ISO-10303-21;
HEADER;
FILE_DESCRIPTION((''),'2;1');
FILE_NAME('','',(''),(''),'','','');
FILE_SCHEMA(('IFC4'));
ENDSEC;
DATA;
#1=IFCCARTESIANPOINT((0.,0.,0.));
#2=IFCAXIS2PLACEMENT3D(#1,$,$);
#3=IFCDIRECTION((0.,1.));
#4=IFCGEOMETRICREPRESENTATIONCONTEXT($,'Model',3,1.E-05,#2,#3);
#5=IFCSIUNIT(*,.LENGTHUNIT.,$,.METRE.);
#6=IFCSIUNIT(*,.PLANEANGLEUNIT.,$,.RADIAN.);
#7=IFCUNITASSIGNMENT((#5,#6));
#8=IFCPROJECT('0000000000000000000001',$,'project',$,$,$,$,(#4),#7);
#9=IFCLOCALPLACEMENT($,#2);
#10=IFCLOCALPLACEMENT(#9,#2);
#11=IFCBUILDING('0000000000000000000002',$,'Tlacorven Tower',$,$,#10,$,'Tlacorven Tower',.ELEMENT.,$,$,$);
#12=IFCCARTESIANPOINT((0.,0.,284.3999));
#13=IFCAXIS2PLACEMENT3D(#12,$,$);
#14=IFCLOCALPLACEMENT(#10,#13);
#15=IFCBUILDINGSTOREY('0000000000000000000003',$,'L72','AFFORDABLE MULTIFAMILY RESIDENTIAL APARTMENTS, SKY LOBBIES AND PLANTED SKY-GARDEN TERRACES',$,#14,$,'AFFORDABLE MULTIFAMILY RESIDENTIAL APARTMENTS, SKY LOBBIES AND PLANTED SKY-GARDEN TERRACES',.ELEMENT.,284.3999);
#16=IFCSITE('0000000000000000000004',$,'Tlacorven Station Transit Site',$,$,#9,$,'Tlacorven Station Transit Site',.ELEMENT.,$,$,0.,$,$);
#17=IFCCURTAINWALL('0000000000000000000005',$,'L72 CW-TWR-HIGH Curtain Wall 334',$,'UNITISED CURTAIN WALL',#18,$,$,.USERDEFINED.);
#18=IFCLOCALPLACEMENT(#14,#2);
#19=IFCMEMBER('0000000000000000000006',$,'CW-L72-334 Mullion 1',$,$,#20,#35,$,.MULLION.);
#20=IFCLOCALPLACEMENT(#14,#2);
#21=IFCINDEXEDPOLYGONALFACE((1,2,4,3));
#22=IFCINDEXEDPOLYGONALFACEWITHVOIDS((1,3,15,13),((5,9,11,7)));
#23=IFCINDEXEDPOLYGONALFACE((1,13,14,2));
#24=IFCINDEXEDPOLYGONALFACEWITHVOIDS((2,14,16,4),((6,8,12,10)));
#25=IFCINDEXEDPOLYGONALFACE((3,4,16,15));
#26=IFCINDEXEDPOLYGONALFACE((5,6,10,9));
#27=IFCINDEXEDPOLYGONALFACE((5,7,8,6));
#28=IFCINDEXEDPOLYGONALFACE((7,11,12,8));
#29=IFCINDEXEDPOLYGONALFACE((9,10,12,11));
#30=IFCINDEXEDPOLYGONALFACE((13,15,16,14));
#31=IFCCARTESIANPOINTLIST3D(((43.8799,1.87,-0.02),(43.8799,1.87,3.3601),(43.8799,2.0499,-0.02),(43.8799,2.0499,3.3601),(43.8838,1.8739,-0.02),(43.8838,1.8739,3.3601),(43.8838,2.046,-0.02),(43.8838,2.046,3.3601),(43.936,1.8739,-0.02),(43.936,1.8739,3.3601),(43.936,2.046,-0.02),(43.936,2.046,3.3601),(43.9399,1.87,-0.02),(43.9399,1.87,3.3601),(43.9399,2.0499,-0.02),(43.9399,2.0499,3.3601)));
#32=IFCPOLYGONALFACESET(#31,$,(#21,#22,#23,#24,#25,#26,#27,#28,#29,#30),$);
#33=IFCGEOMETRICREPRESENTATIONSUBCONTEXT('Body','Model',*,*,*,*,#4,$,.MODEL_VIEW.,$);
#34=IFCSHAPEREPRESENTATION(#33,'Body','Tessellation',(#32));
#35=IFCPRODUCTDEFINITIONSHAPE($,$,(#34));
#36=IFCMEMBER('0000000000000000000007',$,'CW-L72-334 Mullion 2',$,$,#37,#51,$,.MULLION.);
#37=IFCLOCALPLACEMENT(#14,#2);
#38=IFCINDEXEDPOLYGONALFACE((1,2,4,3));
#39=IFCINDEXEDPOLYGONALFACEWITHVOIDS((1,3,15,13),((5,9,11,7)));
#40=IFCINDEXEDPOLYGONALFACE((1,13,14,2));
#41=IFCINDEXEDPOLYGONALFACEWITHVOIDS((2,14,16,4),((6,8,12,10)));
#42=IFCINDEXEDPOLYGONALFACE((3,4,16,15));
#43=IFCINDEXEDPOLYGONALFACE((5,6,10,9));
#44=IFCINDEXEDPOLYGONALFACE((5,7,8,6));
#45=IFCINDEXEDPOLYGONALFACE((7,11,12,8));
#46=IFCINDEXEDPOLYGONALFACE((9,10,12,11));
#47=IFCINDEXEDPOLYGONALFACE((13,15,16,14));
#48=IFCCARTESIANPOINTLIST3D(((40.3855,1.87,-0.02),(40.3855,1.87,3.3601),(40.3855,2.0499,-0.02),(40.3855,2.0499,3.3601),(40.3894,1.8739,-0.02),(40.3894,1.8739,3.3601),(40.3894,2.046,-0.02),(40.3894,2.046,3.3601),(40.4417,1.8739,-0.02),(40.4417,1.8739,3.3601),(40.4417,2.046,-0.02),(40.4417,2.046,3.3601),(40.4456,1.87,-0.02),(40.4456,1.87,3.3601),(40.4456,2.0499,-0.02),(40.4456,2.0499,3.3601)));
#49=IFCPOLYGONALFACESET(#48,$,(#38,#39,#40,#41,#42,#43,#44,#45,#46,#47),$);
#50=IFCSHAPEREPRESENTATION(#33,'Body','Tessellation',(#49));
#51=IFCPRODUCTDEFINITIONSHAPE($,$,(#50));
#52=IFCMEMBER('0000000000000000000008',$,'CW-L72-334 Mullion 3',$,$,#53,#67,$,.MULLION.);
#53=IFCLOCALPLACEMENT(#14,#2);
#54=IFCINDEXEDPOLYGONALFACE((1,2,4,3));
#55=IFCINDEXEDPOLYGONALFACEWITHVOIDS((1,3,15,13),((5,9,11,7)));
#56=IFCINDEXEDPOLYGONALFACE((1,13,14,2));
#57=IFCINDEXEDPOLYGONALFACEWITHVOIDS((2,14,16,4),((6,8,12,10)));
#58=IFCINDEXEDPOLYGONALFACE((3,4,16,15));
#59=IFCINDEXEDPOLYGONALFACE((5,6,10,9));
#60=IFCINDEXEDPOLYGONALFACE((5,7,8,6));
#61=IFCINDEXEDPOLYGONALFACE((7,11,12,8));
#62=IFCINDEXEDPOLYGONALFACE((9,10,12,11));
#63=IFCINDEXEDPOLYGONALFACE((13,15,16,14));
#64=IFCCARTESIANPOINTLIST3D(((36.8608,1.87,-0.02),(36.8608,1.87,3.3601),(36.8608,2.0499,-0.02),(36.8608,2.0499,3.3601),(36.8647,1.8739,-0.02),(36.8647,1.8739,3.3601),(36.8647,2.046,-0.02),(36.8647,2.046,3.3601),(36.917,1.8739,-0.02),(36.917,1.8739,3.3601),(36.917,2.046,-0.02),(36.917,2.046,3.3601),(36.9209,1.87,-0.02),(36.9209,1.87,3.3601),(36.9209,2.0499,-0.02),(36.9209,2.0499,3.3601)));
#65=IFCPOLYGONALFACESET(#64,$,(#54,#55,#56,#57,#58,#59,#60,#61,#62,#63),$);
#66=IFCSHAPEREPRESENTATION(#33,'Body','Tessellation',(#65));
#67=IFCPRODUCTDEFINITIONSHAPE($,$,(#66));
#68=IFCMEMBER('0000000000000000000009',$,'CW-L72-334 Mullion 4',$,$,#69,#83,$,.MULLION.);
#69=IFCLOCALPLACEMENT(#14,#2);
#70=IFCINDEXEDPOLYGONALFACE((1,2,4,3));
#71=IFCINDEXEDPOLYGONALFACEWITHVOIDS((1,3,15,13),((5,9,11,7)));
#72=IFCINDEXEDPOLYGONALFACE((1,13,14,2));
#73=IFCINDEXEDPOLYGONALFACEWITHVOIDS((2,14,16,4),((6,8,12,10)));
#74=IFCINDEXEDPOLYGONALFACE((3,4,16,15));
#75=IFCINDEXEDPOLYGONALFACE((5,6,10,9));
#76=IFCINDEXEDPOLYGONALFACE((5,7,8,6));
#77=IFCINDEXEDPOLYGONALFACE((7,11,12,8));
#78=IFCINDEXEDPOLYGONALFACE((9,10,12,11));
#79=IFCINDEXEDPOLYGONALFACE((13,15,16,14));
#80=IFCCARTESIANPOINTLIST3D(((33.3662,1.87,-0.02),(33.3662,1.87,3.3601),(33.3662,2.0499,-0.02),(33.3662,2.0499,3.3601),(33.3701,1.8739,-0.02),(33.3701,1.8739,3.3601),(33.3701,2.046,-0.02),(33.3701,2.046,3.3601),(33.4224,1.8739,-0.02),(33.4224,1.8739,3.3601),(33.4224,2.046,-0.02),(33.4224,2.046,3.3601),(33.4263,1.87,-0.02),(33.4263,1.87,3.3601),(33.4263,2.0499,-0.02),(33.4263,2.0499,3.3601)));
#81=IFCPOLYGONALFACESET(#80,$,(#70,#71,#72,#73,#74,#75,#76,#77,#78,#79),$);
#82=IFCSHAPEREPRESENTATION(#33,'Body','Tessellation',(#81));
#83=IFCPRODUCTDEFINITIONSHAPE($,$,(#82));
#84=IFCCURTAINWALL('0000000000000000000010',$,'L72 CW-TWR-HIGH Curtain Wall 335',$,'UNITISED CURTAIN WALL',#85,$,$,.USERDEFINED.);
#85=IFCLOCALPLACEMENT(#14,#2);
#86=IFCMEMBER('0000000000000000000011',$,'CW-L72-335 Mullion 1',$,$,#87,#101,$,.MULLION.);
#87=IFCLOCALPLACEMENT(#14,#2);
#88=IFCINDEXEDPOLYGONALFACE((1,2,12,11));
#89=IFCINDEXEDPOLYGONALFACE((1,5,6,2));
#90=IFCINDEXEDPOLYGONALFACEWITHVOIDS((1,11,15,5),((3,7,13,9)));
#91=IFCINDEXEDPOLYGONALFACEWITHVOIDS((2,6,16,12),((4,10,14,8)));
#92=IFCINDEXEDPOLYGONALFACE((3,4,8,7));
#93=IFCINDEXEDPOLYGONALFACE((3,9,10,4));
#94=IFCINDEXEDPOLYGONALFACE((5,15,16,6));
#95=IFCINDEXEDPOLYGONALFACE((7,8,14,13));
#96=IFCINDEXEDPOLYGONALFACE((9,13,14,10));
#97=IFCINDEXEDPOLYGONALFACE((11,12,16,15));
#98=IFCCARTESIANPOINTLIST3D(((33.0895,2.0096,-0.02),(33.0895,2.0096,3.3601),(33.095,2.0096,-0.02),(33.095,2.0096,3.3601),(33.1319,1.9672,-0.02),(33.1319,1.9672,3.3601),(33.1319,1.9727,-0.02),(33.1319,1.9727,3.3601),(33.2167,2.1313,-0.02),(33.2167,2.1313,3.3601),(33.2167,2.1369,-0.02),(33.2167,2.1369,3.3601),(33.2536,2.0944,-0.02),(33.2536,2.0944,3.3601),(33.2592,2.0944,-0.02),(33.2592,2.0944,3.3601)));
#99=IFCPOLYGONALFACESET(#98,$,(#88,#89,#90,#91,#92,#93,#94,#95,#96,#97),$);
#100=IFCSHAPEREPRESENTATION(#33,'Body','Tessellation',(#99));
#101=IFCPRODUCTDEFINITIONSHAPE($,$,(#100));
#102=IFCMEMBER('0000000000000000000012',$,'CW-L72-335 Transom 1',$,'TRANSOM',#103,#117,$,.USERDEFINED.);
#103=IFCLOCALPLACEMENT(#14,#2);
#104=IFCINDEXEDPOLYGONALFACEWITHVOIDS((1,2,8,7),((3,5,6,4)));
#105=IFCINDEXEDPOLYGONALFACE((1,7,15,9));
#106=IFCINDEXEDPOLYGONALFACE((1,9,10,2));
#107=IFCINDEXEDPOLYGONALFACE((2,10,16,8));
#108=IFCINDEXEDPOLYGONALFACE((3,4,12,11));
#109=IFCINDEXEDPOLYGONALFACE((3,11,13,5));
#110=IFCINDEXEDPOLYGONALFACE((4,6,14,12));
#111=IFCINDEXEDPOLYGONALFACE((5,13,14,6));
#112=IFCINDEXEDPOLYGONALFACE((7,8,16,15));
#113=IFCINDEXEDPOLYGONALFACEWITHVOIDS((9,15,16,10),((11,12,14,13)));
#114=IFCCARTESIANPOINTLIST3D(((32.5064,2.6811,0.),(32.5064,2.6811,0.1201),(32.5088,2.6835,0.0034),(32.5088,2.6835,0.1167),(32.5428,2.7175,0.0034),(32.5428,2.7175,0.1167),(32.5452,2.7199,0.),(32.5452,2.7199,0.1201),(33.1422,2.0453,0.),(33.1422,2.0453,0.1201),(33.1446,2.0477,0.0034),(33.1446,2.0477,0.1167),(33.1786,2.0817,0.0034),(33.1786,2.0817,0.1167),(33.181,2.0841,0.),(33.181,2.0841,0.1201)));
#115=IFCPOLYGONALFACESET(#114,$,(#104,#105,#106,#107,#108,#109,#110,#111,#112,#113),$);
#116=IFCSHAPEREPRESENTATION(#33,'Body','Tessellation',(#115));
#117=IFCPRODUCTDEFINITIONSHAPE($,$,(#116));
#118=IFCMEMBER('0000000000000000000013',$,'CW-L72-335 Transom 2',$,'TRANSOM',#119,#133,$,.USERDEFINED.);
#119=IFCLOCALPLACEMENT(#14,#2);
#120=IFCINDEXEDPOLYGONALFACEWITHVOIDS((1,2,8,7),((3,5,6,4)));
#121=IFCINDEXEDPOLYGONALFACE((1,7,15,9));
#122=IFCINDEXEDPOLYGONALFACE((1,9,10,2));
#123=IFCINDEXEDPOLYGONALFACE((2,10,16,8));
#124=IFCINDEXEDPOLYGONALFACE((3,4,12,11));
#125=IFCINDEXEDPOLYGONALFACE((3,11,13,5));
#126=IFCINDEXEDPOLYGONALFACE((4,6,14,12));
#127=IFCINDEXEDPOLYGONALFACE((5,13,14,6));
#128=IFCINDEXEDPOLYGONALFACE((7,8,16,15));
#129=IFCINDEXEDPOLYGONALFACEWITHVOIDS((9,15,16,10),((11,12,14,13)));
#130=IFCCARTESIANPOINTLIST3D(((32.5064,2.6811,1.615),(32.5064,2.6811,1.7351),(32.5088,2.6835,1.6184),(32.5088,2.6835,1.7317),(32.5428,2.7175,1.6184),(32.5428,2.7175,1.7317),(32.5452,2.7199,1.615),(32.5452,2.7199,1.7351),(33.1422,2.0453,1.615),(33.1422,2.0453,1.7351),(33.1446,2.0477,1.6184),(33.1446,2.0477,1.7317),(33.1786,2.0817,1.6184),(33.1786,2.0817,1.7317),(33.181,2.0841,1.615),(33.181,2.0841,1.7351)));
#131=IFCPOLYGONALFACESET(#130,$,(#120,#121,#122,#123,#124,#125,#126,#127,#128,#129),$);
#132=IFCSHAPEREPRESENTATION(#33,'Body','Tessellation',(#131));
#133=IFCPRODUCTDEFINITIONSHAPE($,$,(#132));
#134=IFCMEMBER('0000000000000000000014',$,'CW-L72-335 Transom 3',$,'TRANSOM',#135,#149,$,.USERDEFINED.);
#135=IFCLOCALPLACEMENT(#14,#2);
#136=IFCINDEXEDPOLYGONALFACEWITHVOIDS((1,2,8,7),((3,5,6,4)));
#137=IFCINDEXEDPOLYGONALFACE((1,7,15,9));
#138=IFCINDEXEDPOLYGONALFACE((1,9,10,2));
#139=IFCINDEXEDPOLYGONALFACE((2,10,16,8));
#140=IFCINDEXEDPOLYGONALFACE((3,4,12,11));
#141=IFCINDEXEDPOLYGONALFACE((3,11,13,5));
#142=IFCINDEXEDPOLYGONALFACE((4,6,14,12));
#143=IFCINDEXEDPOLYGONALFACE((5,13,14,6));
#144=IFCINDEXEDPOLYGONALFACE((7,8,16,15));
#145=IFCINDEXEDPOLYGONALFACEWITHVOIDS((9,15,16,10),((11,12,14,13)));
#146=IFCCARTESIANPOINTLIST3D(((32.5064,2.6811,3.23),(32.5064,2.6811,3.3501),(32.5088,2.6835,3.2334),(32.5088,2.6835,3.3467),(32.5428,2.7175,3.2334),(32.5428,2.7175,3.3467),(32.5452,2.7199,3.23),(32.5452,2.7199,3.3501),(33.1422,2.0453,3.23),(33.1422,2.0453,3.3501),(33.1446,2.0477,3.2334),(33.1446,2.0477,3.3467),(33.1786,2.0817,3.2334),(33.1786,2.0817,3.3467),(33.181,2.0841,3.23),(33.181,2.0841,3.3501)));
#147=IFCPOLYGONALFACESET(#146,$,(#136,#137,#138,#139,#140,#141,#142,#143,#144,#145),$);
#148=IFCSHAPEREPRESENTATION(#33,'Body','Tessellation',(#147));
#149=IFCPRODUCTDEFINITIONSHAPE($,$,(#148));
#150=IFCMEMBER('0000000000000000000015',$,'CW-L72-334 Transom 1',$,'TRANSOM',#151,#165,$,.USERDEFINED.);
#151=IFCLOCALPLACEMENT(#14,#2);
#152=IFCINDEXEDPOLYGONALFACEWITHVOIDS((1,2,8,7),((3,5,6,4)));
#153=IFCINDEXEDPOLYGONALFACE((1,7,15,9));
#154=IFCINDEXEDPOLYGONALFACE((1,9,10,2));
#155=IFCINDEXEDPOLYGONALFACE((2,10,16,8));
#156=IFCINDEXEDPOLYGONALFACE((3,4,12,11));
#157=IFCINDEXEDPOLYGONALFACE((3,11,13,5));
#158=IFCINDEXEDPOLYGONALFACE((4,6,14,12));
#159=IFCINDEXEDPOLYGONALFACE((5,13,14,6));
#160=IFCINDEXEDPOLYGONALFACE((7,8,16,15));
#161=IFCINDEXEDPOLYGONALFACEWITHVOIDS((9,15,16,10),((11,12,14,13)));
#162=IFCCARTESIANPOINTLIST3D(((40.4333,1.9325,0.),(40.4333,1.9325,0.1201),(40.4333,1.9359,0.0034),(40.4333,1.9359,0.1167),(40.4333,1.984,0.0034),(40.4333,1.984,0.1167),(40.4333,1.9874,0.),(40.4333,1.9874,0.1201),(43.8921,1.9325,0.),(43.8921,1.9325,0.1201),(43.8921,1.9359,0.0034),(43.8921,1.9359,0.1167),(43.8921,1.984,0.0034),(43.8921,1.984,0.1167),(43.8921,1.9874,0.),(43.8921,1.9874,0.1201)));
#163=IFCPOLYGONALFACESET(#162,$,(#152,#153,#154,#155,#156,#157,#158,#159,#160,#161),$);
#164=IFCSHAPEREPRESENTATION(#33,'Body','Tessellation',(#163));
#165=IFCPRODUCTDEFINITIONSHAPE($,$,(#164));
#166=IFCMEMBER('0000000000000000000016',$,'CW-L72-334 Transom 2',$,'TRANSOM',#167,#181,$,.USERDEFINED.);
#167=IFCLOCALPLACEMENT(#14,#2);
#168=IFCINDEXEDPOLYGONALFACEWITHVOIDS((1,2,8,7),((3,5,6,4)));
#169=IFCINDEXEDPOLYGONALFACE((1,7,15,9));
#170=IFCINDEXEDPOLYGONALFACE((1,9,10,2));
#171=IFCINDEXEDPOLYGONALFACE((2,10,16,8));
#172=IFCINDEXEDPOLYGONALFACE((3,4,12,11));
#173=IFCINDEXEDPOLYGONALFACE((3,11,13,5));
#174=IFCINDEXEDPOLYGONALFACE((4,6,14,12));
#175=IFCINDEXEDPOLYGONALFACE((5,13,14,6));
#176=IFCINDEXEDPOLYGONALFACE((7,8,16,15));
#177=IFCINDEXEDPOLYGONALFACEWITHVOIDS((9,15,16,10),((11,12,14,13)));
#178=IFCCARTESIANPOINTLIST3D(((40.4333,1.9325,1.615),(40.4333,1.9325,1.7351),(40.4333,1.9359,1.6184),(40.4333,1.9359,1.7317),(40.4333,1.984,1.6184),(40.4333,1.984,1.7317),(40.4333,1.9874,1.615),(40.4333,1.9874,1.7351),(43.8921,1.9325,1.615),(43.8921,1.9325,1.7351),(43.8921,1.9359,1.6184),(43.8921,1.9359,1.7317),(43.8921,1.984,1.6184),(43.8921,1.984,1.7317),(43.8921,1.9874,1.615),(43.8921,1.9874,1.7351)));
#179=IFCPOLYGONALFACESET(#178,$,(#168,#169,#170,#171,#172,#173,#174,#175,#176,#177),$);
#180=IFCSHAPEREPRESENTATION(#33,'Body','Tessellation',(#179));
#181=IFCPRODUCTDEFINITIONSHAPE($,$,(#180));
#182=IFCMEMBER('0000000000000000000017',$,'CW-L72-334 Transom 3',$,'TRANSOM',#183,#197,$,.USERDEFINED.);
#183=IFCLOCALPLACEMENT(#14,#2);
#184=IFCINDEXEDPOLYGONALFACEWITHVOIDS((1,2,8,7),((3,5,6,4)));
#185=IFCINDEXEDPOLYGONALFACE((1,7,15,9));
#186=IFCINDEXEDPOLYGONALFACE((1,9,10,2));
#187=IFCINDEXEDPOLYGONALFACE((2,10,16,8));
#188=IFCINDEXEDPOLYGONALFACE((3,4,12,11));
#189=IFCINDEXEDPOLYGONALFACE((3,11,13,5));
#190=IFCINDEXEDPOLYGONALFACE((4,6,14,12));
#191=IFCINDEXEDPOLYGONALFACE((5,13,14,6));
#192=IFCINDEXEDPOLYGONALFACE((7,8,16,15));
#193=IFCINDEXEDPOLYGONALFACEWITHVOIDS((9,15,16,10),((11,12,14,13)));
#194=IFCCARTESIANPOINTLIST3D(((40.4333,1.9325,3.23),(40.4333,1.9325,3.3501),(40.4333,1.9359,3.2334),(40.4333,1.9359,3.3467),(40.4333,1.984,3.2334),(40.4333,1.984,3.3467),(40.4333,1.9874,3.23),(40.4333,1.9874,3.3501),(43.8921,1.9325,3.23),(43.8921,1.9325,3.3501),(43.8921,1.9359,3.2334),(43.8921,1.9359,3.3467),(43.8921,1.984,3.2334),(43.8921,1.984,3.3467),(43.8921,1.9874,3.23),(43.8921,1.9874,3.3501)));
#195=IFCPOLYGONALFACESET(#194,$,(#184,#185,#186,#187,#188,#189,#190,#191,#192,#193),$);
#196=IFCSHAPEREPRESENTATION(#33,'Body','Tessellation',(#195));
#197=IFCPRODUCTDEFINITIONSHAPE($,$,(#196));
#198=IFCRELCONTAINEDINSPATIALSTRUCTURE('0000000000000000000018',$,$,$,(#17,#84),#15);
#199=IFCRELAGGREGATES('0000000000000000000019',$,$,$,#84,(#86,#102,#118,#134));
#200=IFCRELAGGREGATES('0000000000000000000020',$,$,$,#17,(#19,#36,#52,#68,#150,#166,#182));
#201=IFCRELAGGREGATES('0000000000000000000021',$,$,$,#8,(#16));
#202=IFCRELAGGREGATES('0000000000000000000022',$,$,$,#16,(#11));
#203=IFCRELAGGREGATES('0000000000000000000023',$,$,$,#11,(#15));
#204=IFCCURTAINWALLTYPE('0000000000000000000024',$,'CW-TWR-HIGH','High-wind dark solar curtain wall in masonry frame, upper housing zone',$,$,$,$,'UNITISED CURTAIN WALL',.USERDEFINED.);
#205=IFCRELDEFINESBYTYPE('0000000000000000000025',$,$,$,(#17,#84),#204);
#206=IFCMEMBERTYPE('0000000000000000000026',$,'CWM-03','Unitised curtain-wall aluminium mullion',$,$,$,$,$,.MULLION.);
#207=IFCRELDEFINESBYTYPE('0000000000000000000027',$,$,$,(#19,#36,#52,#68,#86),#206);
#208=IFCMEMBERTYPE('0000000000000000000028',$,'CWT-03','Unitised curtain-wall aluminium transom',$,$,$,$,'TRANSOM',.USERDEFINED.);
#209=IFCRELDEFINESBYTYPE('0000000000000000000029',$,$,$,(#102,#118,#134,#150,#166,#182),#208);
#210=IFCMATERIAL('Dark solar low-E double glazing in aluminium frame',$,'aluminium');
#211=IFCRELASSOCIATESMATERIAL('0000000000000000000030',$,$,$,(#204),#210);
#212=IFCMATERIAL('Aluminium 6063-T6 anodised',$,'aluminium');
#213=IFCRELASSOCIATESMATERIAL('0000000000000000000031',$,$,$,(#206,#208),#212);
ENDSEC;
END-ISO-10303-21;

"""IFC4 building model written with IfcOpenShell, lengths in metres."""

from ifc_helpers import new_model, si_unit, direction, frame, origin, origin_2d, place, context, subcontext, project, spatial, hollow_rectangle, extrude, source, transform, mapped, material, material_profile, profile_set, type_object, element, aggregate, save


model = new_model("IFC4")

# Units and contexts
model_context = context("Model", 3, precision=1e-05, world=origin(), true_north=direction((0.0, 1.0)))
body_context = subcontext(model_context, "Body", "Model", "MODEL_VIEW")
ifc_project = project(units=[si_unit("LENGTHUNIT", "METRE"), si_unit("PLANEANGLEUNIT", "RADIAN")], contexts=[model_context])

# Site, building, storey
site_placement = place(None, origin())
site = spatial("IfcSite", under=ifc_project, at=site_placement, Name="Tlacorven Station Transit Site", LongName="Tlacorven Station Transit Site", CompositionType="ELEMENT", RefElevation=0.0)
building_placement = place(site_placement, origin())
building = spatial("IfcBuilding", under=site, at=building_placement, Name="Tlacorven Tower", LongName="Tlacorven Tower", CompositionType="ELEMENT")
storey_placement = place(building_placement, frame((0.0, 0.0, 284.3999)))
storey = spatial("IfcBuildingStorey", under=building, at=storey_placement, Name="L72", Description="AFFORDABLE MULTIFAMILY RESIDENTIAL APARTMENTS, SKY LOBBIES AND PLANTED SKY-GARDEN TERRACES", LongName="AFFORDABLE MULTIFAMILY RESIDENTIAL APARTMENTS, SKY LOBBIES AND PLANTED SKY-GARDEN TERRACES", CompositionType="ELEMENT", Elevation=284.3999)

# Curtain walls, members
ifc_material_1 = material(Name="Dark solar low-E double glazing in aluminium frame", Category="aluminium")
curtain_wall_type = type_object("IfcCurtainWallType", Name="CW-TWR-HIGH", Description="High-wind dark solar curtain wall in masonry frame, upper housing zone", ElementType="UNITISED CURTAIN WALL", PredefinedType="USERDEFINED", material=ifc_material_1)
curtain_wall_1_placement = place(storey_placement, origin())
curtain_wall_1 = element("IfcCurtainWall", 1, at=curtain_wall_1_placement, inside=storey, type_object=curtain_wall_type, Name="L72 CW-TWR-HIGH Curtain Wall 334", ObjectType="UNITISED CURTAIN WALL", PredefinedType="USERDEFINED")
ifc_material_2 = material(Name="Aluminium 6063-T6 anodised", Category="aluminium")
ifc_material_profile_1 = material_profile(ifc_material_2, hollow_rectangle(XDim=0.0601, YDim=0.1799, WallThickness=0.0039, at=origin_2d()), Name="ALU MULLION 60X180")
ifc_profile_set_1 = profile_set([ifc_material_profile_1], Name="Aluminium 6063-T6 anodised")
member_type_1 = type_object("IfcMemberType", Name="CWM-03", Description="Unitised curtain-wall aluminium mullion", PredefinedType="MULLION", material=ifc_profile_set_1)
shared_shape_1 = source(origin(), body_context, "Body", "SweptSolid", [
    extrude(hollow_rectangle(XDim=0.0601, YDim=0.1799, WallThickness=0.0039, at=origin_2d()), origin(), (0.0, 0.0, 1.0), 3.3801),
])
member_1_placement = place(storey_placement, frame((43.9099, 1.96, -0.02), z_axis=(0.0, 0.0, 1.0), x_axis=(-1.0, 0.0, 0.0)))
member_1 = element("IfcMember", 2, at=member_1_placement, type_object=member_type_1, Name="CW-L72-334 Mullion 1", PredefinedType="MULLION", context=body_context, shape_type="MappedRepresentation", body=[
    mapped(shared_shape_1, transform((0.0, 0.0, 0.0), scale=1.0)),
])
member_2_placement = place(storey_placement, frame((40.4155, 1.96, -0.02), z_axis=(0.0, 0.0, 1.0), x_axis=(-1.0, 0.0, 0.0)))
member_2 = element("IfcMember", 3, at=member_2_placement, type_object=member_type_1, Name="CW-L72-334 Mullion 2", PredefinedType="MULLION", context=body_context, shape_type="MappedRepresentation", body=[
    mapped(shared_shape_1, transform((0.0, 0.0, 0.0), scale=1.0)),
])
member_3_placement = place(storey_placement, frame((36.8909, 1.96, -0.02), z_axis=(0.0, 0.0, 1.0), x_axis=(-1.0, 0.0, 0.0)))
member_3 = element("IfcMember", 4, at=member_3_placement, type_object=member_type_1, Name="CW-L72-334 Mullion 3", PredefinedType="MULLION", context=body_context, shape_type="MappedRepresentation", body=[
    mapped(shared_shape_1, transform((0.0, 0.0, 0.0), scale=1.0)),
])
member_4_placement = place(storey_placement, frame((33.3962, 1.96, -0.02), z_axis=(0.0, 0.0, 1.0), x_axis=(-1.0, 0.0, 0.0)))
member_4 = element("IfcMember", 5, at=member_4_placement, type_object=member_type_1, Name="CW-L72-334 Mullion 4", PredefinedType="MULLION", context=body_context, shape_type="MappedRepresentation", body=[
    mapped(shared_shape_1, transform((0.0, 0.0, 0.0), scale=1.0)),
])
curtain_wall_2_placement = place(storey_placement, origin())
curtain_wall_2 = element("IfcCurtainWall", 6, at=curtain_wall_2_placement, inside=storey, type_object=curtain_wall_type, Name="L72 CW-TWR-HIGH Curtain Wall 335", ObjectType="UNITISED CURTAIN WALL", PredefinedType="USERDEFINED")
member_5_placement = place(storey_placement, frame((33.1743, 2.052, -0.02), z_axis=(0.0, 0.0, 1.0), x_axis=(-0.707107, 0.707107, 0.0)))
member_5 = element("IfcMember", 7, at=member_5_placement, type_object=member_type_1, Name="CW-L72-335 Mullion 1", PredefinedType="MULLION", context=body_context, shape_type="MappedRepresentation", body=[
    mapped(shared_shape_1, transform((0.0, 0.0, 0.0), scale=1.0)),
])
ifc_material_profile_2 = material_profile(ifc_material_2, hollow_rectangle(XDim=0.0549, YDim=0.1201, WallThickness=0.0034, at=origin_2d()), Name="ALU TRANSOM 55X120")
ifc_profile_set_2 = profile_set([ifc_material_profile_2], Name="Aluminium 6063-T6 anodised")
member_type_2 = type_object("IfcMemberType", Name="CWT-03", Description="Unitised curtain-wall aluminium transom", ElementType="TRANSOM", PredefinedType="USERDEFINED", material=ifc_profile_set_2)
shared_shape_2 = source(origin(), body_context, "Body", "SweptSolid", [
    extrude(hollow_rectangle(XDim=0.0549, YDim=0.1201, WallThickness=0.0034, at=origin_2d()), origin(), (0.0, 0.0, 1.0), 0.8992),
])
member_6_placement = place(storey_placement, frame((33.1616, 2.0647, 0.0601), z_axis=(-0.707107, 0.707107, 0.0), x_axis=(-0.707107, -0.707107, 0.0)))
member_6 = element("IfcMember", 8, at=member_6_placement, type_object=member_type_2, Name="CW-L72-335 Transom 1", ObjectType="TRANSOM", PredefinedType="USERDEFINED", context=body_context, shape_type="MappedRepresentation", body=[
    mapped(shared_shape_2, transform((0.0, 0.0, 0.0), scale=1.0)),
])
member_7_placement = place(storey_placement, frame((33.1616, 2.0647, 1.675), z_axis=(-0.707107, 0.707107, 0.0), x_axis=(-0.707107, -0.707107, 0.0)))
member_7 = element("IfcMember", 9, at=member_7_placement, type_object=member_type_2, Name="CW-L72-335 Transom 2", ObjectType="TRANSOM", PredefinedType="USERDEFINED", context=body_context, shape_type="MappedRepresentation", body=[
    mapped(shared_shape_2, transform((0.0, 0.0, 0.0), scale=1.0)),
])
member_8_placement = place(storey_placement, frame((33.1616, 2.0647, 3.29), z_axis=(-0.707107, 0.707107, 0.0), x_axis=(-0.707107, -0.707107, 0.0)))
member_8 = element("IfcMember", 10, at=member_8_placement, type_object=member_type_2, Name="CW-L72-335 Transom 3", ObjectType="TRANSOM", PredefinedType="USERDEFINED", context=body_context, shape_type="MappedRepresentation", body=[
    mapped(shared_shape_2, transform((0.0, 0.0, 0.0), scale=1.0)),
])

# Members
shared_shape_3 = source(origin(), body_context, "Body", "SweptSolid", [
    extrude(hollow_rectangle(XDim=0.0549, YDim=0.1201, WallThickness=0.0034, at=origin_2d()), origin(), (0.0, 0.0, 1.0), 3.4587),
])
member_9_placement = place(storey_placement, frame((43.8921, 1.96, 0.0601), z_axis=(-1.0, 0.0, 0.0), x_axis=(0.0, -1.0, 0.0)))
member_9 = element("IfcMember", 11, at=member_9_placement, type_object=member_type_2, Name="CW-L72-334 Transom 1", ObjectType="TRANSOM", PredefinedType="USERDEFINED", context=body_context, shape_type="MappedRepresentation", body=[
    mapped(shared_shape_3, transform((0.0, 0.0, 0.0), scale=1.0)),
])
member_10_placement = place(storey_placement, frame((43.8921, 1.96, 1.675), z_axis=(-1.0, 0.0, 0.0), x_axis=(0.0, -1.0, 0.0)))
member_10 = element("IfcMember", 12, at=member_10_placement, type_object=member_type_2, Name="CW-L72-334 Transom 2", ObjectType="TRANSOM", PredefinedType="USERDEFINED", context=body_context, shape_type="MappedRepresentation", body=[
    mapped(shared_shape_3, transform((0.0, 0.0, 0.0), scale=1.0)),
])
member_11_placement = place(storey_placement, frame((43.8921, 1.96, 3.29), z_axis=(-1.0, 0.0, 0.0), x_axis=(0.0, -1.0, 0.0)))
member_11 = element("IfcMember", 13, at=member_11_placement, type_object=member_type_2, Name="CW-L72-334 Transom 3", ObjectType="TRANSOM", PredefinedType="USERDEFINED", context=body_context, shape_type="MappedRepresentation", body=[
    mapped(shared_shape_3, transform((0.0, 0.0, 0.0), scale=1.0)),
])

aggregate(curtain_wall_2, [member_5, member_6, member_7, member_8])
aggregate(curtain_wall_1, [member_1, member_2, member_3, member_4, member_9, member_10, member_11])

save(model, "model.ifc")
